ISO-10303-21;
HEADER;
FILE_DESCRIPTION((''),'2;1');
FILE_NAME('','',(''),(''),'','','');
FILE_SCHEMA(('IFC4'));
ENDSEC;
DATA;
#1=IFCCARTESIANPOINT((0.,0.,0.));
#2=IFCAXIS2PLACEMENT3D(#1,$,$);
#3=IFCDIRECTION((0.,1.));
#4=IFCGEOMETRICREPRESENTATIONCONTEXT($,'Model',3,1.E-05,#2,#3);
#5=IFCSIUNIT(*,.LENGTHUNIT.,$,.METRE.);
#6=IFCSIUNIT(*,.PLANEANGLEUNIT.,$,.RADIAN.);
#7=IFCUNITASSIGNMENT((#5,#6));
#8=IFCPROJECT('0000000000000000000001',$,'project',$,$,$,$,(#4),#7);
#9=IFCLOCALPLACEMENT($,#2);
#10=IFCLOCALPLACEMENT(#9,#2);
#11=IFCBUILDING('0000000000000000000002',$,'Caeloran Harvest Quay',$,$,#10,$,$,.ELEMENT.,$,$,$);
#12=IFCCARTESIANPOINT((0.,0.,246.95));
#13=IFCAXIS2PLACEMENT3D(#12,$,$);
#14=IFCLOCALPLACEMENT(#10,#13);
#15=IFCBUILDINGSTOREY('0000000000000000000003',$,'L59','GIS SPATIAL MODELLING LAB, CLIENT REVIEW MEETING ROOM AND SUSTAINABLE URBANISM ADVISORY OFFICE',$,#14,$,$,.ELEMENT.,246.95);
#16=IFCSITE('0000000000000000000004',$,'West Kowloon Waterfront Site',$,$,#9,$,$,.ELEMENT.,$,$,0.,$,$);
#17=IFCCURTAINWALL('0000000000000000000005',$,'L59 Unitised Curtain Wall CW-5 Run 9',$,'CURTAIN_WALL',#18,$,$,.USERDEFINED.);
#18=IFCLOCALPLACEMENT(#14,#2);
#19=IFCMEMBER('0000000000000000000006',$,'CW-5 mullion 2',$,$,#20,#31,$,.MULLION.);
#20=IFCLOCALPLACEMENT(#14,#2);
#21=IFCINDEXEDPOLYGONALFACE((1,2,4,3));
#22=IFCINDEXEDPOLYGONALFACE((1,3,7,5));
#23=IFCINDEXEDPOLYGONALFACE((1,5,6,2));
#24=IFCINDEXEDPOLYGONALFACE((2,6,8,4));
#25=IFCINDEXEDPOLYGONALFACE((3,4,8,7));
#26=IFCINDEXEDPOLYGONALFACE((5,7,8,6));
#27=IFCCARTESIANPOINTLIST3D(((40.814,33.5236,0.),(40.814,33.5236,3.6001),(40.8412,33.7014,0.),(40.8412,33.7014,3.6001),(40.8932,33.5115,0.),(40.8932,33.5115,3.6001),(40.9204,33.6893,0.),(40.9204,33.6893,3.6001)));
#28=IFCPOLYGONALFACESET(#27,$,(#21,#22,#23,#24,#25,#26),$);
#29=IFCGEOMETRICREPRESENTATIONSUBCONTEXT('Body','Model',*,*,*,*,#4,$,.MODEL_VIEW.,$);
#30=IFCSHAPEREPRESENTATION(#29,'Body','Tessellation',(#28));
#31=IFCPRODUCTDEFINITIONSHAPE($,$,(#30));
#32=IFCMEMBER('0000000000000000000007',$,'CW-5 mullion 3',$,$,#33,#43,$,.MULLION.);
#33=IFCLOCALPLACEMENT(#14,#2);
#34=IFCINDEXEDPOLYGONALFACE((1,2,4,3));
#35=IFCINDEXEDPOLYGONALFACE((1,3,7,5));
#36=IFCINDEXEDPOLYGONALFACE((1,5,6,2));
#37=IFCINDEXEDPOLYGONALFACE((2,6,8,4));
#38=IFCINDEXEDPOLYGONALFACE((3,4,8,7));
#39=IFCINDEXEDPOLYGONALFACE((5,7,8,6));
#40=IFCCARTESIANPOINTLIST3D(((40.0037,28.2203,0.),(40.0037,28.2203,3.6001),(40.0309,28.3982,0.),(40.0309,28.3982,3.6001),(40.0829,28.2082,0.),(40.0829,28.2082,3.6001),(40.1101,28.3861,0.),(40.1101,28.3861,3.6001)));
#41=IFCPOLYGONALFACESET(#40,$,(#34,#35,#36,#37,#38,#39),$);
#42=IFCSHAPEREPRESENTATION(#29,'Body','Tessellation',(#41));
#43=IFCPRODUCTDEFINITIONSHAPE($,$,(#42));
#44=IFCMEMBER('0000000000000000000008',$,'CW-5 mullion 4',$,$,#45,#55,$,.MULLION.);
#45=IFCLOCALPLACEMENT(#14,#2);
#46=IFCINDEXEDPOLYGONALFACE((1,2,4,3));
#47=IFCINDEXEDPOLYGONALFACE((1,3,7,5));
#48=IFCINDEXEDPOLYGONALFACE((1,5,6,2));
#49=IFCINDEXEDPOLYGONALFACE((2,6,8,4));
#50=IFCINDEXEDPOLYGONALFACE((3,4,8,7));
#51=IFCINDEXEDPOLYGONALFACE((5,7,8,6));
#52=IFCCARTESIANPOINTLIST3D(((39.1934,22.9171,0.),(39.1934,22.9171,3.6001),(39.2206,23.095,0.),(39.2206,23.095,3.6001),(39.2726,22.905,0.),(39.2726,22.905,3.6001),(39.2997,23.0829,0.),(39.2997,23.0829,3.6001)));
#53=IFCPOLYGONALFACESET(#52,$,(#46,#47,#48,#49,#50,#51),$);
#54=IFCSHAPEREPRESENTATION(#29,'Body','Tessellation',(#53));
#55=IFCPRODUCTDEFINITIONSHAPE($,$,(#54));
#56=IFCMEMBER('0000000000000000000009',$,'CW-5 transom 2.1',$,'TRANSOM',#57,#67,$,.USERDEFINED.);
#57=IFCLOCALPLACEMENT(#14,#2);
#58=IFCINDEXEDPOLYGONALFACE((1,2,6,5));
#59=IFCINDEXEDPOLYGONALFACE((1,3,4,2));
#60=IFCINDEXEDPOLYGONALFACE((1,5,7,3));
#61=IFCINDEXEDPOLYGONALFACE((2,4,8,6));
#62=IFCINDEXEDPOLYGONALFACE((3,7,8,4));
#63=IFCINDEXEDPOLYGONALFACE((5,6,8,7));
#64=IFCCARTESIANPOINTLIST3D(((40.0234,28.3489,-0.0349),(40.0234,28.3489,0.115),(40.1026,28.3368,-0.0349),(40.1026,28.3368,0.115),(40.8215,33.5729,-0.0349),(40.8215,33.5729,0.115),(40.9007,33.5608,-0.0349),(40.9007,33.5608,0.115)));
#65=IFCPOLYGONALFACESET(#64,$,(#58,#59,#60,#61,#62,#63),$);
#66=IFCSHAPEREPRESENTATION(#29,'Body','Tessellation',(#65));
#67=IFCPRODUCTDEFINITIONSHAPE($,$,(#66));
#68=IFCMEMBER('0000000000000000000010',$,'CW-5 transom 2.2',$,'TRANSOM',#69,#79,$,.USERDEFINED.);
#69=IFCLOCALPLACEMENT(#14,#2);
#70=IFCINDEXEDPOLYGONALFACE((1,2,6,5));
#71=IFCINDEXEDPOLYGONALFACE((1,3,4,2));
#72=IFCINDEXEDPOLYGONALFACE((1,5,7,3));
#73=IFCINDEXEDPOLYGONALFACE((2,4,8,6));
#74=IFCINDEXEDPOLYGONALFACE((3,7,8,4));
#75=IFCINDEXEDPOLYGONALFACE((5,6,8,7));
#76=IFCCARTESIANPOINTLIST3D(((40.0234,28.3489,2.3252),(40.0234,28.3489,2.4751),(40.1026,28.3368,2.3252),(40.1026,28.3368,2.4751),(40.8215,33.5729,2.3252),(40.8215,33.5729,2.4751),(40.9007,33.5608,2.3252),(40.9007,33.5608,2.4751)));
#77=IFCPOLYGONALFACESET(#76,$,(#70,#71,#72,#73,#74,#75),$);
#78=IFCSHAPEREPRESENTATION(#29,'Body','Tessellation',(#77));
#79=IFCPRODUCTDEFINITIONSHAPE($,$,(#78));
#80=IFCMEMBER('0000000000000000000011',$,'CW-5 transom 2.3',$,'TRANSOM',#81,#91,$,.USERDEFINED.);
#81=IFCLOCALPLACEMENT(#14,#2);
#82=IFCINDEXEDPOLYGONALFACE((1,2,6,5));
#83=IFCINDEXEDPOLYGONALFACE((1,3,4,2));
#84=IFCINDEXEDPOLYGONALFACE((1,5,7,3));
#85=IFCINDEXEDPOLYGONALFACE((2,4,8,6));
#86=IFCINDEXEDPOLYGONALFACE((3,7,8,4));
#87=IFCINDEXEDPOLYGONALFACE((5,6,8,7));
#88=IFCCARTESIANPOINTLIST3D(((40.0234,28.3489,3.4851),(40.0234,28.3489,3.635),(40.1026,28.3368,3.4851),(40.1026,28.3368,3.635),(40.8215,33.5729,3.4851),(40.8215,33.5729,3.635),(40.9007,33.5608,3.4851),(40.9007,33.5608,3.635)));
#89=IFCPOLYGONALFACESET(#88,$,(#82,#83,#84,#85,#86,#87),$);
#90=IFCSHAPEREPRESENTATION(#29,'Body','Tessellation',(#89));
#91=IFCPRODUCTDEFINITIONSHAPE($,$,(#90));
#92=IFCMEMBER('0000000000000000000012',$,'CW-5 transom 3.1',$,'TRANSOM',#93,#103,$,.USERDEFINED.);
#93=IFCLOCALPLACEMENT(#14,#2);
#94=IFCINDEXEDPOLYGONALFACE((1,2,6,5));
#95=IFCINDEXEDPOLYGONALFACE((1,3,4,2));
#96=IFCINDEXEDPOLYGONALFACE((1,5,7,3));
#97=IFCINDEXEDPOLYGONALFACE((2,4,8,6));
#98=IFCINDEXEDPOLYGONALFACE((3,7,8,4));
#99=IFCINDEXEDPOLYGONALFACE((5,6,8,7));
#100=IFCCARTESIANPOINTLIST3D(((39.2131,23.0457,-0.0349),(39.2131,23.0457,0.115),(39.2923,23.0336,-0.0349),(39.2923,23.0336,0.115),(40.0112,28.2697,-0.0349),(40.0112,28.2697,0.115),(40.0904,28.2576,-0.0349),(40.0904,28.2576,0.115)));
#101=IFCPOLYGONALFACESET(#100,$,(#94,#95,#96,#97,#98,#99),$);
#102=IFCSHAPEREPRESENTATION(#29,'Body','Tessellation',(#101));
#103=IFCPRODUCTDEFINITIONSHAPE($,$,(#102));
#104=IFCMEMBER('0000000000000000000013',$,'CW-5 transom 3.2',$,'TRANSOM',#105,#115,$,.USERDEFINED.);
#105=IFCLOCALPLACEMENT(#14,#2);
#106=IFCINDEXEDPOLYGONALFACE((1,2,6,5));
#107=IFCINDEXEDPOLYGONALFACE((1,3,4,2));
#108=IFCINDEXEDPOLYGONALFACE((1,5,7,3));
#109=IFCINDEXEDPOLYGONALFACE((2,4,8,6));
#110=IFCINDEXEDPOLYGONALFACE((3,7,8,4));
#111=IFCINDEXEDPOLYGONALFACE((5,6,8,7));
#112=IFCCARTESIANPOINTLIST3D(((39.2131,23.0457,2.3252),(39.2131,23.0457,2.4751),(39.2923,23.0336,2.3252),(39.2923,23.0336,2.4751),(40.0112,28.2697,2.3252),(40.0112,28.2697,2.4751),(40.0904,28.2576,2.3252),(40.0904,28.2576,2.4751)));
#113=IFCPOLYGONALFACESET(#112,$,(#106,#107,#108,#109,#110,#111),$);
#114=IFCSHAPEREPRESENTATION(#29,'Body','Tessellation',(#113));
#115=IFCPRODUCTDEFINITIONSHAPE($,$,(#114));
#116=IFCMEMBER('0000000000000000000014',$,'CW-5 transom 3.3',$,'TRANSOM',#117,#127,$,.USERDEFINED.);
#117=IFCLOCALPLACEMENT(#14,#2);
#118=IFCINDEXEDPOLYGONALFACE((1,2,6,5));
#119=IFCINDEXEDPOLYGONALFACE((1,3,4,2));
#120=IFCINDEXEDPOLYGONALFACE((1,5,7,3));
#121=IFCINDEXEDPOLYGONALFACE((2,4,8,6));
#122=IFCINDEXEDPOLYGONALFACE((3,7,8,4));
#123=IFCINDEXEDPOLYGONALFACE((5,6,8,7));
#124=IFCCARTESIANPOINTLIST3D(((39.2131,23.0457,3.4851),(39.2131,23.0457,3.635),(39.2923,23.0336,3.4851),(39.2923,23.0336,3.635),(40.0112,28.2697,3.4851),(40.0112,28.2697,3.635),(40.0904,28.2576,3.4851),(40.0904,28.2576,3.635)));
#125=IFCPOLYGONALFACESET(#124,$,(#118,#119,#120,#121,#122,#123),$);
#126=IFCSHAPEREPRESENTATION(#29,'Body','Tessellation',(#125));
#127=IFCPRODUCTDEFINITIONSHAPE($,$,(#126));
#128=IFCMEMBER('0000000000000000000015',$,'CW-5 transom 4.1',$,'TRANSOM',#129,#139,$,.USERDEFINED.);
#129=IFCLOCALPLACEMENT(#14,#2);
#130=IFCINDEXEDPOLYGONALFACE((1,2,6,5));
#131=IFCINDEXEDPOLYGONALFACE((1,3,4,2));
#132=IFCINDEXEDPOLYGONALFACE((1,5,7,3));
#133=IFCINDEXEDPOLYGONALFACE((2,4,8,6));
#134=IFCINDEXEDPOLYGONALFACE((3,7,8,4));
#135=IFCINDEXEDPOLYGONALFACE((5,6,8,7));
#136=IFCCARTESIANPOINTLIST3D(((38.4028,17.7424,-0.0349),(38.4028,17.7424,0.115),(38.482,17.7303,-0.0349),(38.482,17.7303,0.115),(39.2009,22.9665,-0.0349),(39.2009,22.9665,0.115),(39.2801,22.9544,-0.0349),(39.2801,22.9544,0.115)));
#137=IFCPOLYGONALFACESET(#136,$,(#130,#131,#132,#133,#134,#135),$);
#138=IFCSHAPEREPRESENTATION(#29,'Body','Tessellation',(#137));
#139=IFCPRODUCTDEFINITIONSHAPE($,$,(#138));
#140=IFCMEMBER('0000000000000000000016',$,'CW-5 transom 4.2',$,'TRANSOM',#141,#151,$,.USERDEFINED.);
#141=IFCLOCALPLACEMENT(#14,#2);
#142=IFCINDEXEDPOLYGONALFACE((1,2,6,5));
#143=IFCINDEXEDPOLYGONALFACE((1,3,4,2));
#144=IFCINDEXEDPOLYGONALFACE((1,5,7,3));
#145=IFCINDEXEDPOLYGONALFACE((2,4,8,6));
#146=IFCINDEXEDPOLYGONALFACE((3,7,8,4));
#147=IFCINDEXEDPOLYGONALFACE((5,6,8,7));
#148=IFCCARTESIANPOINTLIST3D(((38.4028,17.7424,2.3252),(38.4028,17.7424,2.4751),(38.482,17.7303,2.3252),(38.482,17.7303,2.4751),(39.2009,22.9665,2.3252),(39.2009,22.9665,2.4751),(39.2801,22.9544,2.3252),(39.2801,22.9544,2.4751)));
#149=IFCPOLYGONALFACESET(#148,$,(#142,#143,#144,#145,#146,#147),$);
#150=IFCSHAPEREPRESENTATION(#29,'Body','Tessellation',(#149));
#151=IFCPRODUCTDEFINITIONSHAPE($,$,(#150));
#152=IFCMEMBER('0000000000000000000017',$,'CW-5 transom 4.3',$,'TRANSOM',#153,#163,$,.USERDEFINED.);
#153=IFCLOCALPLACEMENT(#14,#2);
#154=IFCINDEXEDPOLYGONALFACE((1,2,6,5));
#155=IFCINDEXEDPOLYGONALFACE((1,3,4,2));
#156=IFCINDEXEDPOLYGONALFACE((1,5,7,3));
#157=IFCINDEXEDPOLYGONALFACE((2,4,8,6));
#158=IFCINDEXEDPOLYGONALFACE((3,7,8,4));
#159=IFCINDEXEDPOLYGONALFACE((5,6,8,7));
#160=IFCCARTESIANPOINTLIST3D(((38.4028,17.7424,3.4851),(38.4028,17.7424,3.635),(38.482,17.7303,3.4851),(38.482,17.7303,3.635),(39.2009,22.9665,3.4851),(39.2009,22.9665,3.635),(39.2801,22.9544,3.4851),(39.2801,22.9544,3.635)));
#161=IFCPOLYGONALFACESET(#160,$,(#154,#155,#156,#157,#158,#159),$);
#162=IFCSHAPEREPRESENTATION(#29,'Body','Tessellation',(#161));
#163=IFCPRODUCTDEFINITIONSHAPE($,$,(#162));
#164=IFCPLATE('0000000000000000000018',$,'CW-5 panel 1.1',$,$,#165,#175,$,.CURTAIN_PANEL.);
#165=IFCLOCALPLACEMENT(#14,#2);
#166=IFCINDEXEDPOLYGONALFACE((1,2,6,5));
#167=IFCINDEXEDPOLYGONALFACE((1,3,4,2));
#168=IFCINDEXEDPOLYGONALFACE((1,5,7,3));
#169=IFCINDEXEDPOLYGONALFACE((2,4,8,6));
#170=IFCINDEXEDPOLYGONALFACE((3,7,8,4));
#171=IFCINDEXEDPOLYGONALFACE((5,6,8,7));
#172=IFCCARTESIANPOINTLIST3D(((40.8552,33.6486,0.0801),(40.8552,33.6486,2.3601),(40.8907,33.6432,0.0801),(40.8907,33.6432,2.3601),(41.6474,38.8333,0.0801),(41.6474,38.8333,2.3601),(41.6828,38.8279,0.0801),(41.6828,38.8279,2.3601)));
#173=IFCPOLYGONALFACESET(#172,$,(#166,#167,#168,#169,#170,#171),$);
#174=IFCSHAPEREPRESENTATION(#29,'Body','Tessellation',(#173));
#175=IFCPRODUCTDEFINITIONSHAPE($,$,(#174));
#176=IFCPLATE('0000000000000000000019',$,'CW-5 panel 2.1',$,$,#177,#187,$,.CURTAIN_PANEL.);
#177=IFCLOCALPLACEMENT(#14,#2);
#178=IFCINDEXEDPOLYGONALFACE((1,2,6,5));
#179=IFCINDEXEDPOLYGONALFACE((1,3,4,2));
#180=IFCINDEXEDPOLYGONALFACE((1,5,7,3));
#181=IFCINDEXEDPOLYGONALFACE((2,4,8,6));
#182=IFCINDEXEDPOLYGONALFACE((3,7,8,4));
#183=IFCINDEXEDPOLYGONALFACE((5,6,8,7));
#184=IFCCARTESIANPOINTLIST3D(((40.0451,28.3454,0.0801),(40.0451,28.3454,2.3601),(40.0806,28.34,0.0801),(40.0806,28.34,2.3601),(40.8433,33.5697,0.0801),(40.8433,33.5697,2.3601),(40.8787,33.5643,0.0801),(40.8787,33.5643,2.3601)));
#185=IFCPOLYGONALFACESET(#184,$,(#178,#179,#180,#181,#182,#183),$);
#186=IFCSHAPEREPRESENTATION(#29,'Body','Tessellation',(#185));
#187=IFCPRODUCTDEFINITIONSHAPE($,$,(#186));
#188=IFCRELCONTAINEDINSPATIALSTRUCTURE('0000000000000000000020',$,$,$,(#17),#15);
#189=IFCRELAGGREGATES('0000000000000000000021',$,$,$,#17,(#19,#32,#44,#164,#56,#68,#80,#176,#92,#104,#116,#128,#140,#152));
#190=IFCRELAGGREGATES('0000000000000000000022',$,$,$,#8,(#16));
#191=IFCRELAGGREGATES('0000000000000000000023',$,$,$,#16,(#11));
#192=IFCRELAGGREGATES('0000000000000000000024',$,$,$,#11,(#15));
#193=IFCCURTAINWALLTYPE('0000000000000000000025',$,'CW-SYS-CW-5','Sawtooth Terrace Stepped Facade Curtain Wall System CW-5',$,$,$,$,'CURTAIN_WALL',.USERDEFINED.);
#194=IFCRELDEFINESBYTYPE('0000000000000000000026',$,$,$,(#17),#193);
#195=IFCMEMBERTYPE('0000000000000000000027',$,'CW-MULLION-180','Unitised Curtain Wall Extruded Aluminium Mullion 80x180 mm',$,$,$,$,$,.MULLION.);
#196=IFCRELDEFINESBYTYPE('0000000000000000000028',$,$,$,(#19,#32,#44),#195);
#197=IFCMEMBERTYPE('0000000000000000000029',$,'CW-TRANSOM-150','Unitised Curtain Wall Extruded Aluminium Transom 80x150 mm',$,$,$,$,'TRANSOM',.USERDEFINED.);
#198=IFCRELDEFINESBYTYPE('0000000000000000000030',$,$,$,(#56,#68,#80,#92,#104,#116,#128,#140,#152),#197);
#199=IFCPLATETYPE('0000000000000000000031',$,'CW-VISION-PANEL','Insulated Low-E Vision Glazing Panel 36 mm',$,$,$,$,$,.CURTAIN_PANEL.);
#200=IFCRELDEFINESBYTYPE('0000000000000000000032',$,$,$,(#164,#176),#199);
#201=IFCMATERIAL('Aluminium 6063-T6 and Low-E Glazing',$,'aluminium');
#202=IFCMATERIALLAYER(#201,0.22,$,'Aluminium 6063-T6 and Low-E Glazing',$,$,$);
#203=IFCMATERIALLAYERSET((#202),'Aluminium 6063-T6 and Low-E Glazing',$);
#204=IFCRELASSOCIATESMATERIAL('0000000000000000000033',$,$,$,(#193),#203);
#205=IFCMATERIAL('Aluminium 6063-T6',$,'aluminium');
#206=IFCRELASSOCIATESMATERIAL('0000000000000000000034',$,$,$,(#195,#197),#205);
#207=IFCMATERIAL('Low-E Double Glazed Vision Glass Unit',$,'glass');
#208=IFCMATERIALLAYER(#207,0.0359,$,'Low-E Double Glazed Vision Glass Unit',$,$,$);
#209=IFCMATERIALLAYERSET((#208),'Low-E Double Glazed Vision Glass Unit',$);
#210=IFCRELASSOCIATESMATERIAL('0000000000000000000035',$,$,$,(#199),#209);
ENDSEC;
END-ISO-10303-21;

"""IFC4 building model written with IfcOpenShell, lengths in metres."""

from ifc_helpers import new_model, si_unit, direction, frame, origin, origin_2d, place, context, subcontext, project, spatial, rectangle, extrude, material, layer, layer_set, material_profile, profile_set, type_object, element, aggregate, save


model = new_model("IFC4")

# Units and contexts
model_context = context("Model", 3, precision=1e-05, world=origin(), true_north=direction((0.0, 1.0)))
body_context = subcontext(model_context, "Body", "Model", "MODEL_VIEW")
ifc_project = project(units=[si_unit("LENGTHUNIT", "METRE"), si_unit("PLANEANGLEUNIT", "RADIAN")], contexts=[model_context])

# Site, building, storey
site_placement = place(None, origin())
site = spatial("IfcSite", under=ifc_project, at=site_placement, Name="West Kowloon Waterfront Site", CompositionType="ELEMENT", RefElevation=0.0)
building_placement = place(site_placement, origin())
building = spatial("IfcBuilding", under=site, at=building_placement, Name="Caeloran Harvest Quay", CompositionType="ELEMENT")
storey_placement = place(building_placement, frame((0.0, 0.0, 246.95)))
storey = spatial("IfcBuildingStorey", under=building, at=storey_placement, Name="L59", Description="GIS SPATIAL MODELLING LAB, CLIENT REVIEW MEETING ROOM AND SUSTAINABLE URBANISM ADVISORY OFFICE", CompositionType="ELEMENT", Elevation=246.95)

# Curtain wall, members, plates
ifc_material_1 = material(Name="Aluminium 6063-T6 and Low-E Glazing", Category="aluminium")
ifc_layer_1 = layer(ifc_material_1, 0.22, Name="Aluminium 6063-T6 and Low-E Glazing")
ifc_layer_set_1 = layer_set([ifc_layer_1], Name="Aluminium 6063-T6 and Low-E Glazing")
curtain_wall_type = type_object("IfcCurtainWallType", Name="CW-SYS-CW-5", Description="Sawtooth Terrace Stepped Facade Curtain Wall System CW-5", ElementType="CURTAIN_WALL", PredefinedType="USERDEFINED", material=ifc_layer_set_1)
curtain_wall_placement = place(storey_placement, origin())
curtain_wall = element("IfcCurtainWall", 1, at=curtain_wall_placement, inside=storey, type_object=curtain_wall_type, Name="L59 Unitised Curtain Wall CW-5 Run 9", ObjectType="CURTAIN_WALL", PredefinedType="USERDEFINED")
ifc_material_2 = material(Name="Aluminium 6063-T6", Category="aluminium")
ifc_material_profile_1 = material_profile(ifc_material_2, rectangle(XDim=0.0801, YDim=0.1799, at=origin_2d()), Name="CW-MULLION-180")
ifc_profile_set_1 = profile_set([ifc_material_profile_1], Name="Aluminium 6063-T6")
member_type_1 = type_object("IfcMemberType", Name="CW-MULLION-180", Description="Unitised Curtain Wall Extruded Aluminium Mullion 80x180 mm", PredefinedType="MULLION", material=ifc_profile_set_1)
member_1_placement = place(storey_placement, frame((40.8672, 33.6064, 0.0), z_axis=(0.0, 0.0, 1.0), x_axis=(0.98853, -0.151028, 0.0)))
member_1 = element("IfcMember", 2, at=member_1_placement, type_object=member_type_1, Name="CW-5 mullion 2", PredefinedType="MULLION", context=body_context, shape_type="SweptSolid", body=[
    extrude(rectangle(XDim=0.0801, YDim=0.1799, at=origin_2d()), origin(), (0.0, 0.0, 1.0), 3.6001),
])
member_2_placement = place(storey_placement, frame((40.0569, 28.3032, 0.0), z_axis=(0.0, 0.0, 1.0), x_axis=(0.98853, -0.151028, 0.0)))
member_2 = element("IfcMember", 3, at=member_2_placement, type_object=member_type_1, Name="CW-5 mullion 3", PredefinedType="MULLION", context=body_context, shape_type="SweptSolid", body=[
    extrude(rectangle(XDim=0.0801, YDim=0.1799, at=origin_2d()), origin(), (0.0, 0.0, 1.0), 3.6001),
])
member_3_placement = place(storey_placement, frame((39.2466, 23.0, 0.0), z_axis=(0.0, 0.0, 1.0), x_axis=(0.98853, -0.151028, 0.0)))
member_3 = element("IfcMember", 4, at=member_3_placement, type_object=member_type_1, Name="CW-5 mullion 4", PredefinedType="MULLION", context=body_context, shape_type="SweptSolid", body=[
    extrude(rectangle(XDim=0.0801, YDim=0.1799, at=origin_2d()), origin(), (0.0, 0.0, 1.0), 3.6001),
])
ifc_material_profile_2 = material_profile(ifc_material_2, rectangle(XDim=0.0801, YDim=0.1499, at=origin_2d()), Name="CW-TRANSOM-150")
ifc_profile_set_2 = profile_set([ifc_material_profile_2], Name="Aluminium 6063-T6")
member_type_2 = type_object("IfcMemberType", Name="CW-TRANSOM-150", Description="Unitised Curtain Wall Extruded Aluminium Transom 80x150 mm", ElementType="TRANSOM", PredefinedType="USERDEFINED", material=ifc_profile_set_2)
member_4_placement = place(storey_placement, frame((40.8611, 33.5669, 0.04), z_axis=(-0.151019, -0.988531, 0.0), x_axis=(0.988531, -0.151019, 0.0)))
member_4 = element("IfcMember", 5, at=member_4_placement, type_object=member_type_2, Name="CW-5 transom 2.1", ObjectType="TRANSOM", PredefinedType="USERDEFINED", context=body_context, shape_type="SweptSolid", body=[
    extrude(rectangle(XDim=0.0801, YDim=0.1499, at=origin_2d()), origin(), (0.0, 0.0, 1.0), 5.2847),
])
member_5_placement = place(storey_placement, frame((40.8611, 33.5669, 2.4001), z_axis=(-0.151019, -0.988531, 0.0), x_axis=(0.988531, -0.151019, 0.0)))
member_5 = element("IfcMember", 6, at=member_5_placement, type_object=member_type_2, Name="CW-5 transom 2.2", ObjectType="TRANSOM", PredefinedType="USERDEFINED", context=body_context, shape_type="SweptSolid", body=[
    extrude(rectangle(XDim=0.0801, YDim=0.1499, at=origin_2d()), origin(), (0.0, 0.0, 1.0), 5.2847),
])
member_6_placement = place(storey_placement, frame((40.8611, 33.5669, 3.5601), z_axis=(-0.151019, -0.988531, 0.0), x_axis=(0.988531, -0.151019, 0.0)))
member_6 = element("IfcMember", 7, at=member_6_placement, type_object=member_type_2, Name="CW-5 transom 2.3", ObjectType="TRANSOM", PredefinedType="USERDEFINED", context=body_context, shape_type="SweptSolid", body=[
    extrude(rectangle(XDim=0.0801, YDim=0.1499, at=origin_2d()), origin(), (0.0, 0.0, 1.0), 5.2847),
])
member_7_placement = place(storey_placement, frame((40.0508, 28.2637, 0.04), z_axis=(-0.151019, -0.988531, 0.0), x_axis=(0.988531, -0.151019, 0.0)))
member_7 = element("IfcMember", 8, at=member_7_placement, type_object=member_type_2, Name="CW-5 transom 3.1", ObjectType="TRANSOM", PredefinedType="USERDEFINED", context=body_context, shape_type="SweptSolid", body=[
    extrude(rectangle(XDim=0.0801, YDim=0.1499, at=origin_2d()), origin(), (0.0, 0.0, 1.0), 5.2847),
])
member_8_placement = place(storey_placement, frame((40.0508, 28.2637, 2.4001), z_axis=(-0.151019, -0.988531, 0.0), x_axis=(0.988531, -0.151019, 0.0)))
member_8 = element("IfcMember", 9, at=member_8_placement, type_object=member_type_2, Name="CW-5 transom 3.2", ObjectType="TRANSOM", PredefinedType="USERDEFINED", context=body_context, shape_type="SweptSolid", body=[
    extrude(rectangle(XDim=0.0801, YDim=0.1499, at=origin_2d()), origin(), (0.0, 0.0, 1.0), 5.2847),
])
member_9_placement = place(storey_placement, frame((40.0508, 28.2637, 3.5601), z_axis=(-0.151019, -0.988531, 0.0), x_axis=(0.988531, -0.151019, 0.0)))
member_9 = element("IfcMember", 10, at=member_9_placement, type_object=member_type_2, Name="CW-5 transom 3.3", ObjectType="TRANSOM", PredefinedType="USERDEFINED", context=body_context, shape_type="SweptSolid", body=[
    extrude(rectangle(XDim=0.0801, YDim=0.1499, at=origin_2d()), origin(), (0.0, 0.0, 1.0), 5.2847),
])
member_10_placement = place(storey_placement, frame((39.2405, 22.9604, 0.04), z_axis=(-0.151019, -0.988531, 0.0), x_axis=(0.988531, -0.151019, 0.0)))
member_10 = element("IfcMember", 11, at=member_10_placement, type_object=member_type_2, Name="CW-5 transom 4.1", ObjectType="TRANSOM", PredefinedType="USERDEFINED", context=body_context, shape_type="SweptSolid", body=[
    extrude(rectangle(XDim=0.0801, YDim=0.1499, at=origin_2d()), origin(), (0.0, 0.0, 1.0), 5.2847),
])
member_11_placement = place(storey_placement, frame((39.2405, 22.9604, 2.4001), z_axis=(-0.151019, -0.988531, 0.0), x_axis=(0.988531, -0.151019, 0.0)))
member_11 = element("IfcMember", 12, at=member_11_placement, type_object=member_type_2, Name="CW-5 transom 4.2", ObjectType="TRANSOM", PredefinedType="USERDEFINED", context=body_context, shape_type="SweptSolid", body=[
    extrude(rectangle(XDim=0.0801, YDim=0.1499, at=origin_2d()), origin(), (0.0, 0.0, 1.0), 5.2847),
])
member_12_placement = place(storey_placement, frame((39.2405, 22.9604, 3.5601), z_axis=(-0.151019, -0.988531, 0.0), x_axis=(0.988531, -0.151019, 0.0)))
member_12 = element("IfcMember", 13, at=member_12_placement, type_object=member_type_2, Name="CW-5 transom 4.3", ObjectType="TRANSOM", PredefinedType="USERDEFINED", context=body_context, shape_type="SweptSolid", body=[
    extrude(rectangle(XDim=0.0801, YDim=0.1499, at=origin_2d()), origin(), (0.0, 0.0, 1.0), 5.2847),
])
ifc_material_3 = material(Name="Low-E Double Glazed Vision Glass Unit", Category="glass")
ifc_layer_2 = layer(ifc_material_3, 0.0359, Name="Low-E Double Glazed Vision Glass Unit")
ifc_layer_set_2 = layer_set([ifc_layer_2], Name="Low-E Double Glazed Vision Glass Unit")
plate_type = type_object("IfcPlateType", Name="CW-VISION-PANEL", Description="Insulated Low-E Vision Glazing Panel 36 mm", PredefinedType="CURTAIN_PANEL", material=ifc_layer_set_2)
plate_1_placement = place(storey_placement, frame((41.269, 36.2383, 0.0801), z_axis=(0.0, 0.0, 1.0), x_axis=(-0.151028, -0.98853, 0.0)))
plate_1 = element("IfcPlate", 14, at=plate_1_placement, type_object=plate_type, Name="CW-5 panel 1.1", PredefinedType="CURTAIN_PANEL", context=body_context, shape_type="SweptSolid", body=[
    extrude(rectangle(XDim=5.2449, YDim=0.0359, at=origin_2d()), origin(), (0.0, 0.0, 1.0), 2.28),
])
plate_2_placement = place(storey_placement, frame((40.4619, 30.9548, 0.0801), z_axis=(0.0, 0.0, 1.0), x_axis=(-0.151028, -0.98853, 0.0)))
plate_2 = element("IfcPlate", 15, at=plate_2_placement, type_object=plate_type, Name="CW-5 panel 2.1", PredefinedType="CURTAIN_PANEL", context=body_context, shape_type="SweptSolid", body=[
    extrude(rectangle(XDim=5.2849, YDim=0.0359, at=origin_2d()), origin(), (0.0, 0.0, 1.0), 2.28),
])
aggregate(curtain_wall, [member_1, member_2, member_3, plate_1, member_4, member_5, member_6, plate_2, member_7, member_8, member_9, member_10, member_11, member_12])

save(model, "model.ifc")
